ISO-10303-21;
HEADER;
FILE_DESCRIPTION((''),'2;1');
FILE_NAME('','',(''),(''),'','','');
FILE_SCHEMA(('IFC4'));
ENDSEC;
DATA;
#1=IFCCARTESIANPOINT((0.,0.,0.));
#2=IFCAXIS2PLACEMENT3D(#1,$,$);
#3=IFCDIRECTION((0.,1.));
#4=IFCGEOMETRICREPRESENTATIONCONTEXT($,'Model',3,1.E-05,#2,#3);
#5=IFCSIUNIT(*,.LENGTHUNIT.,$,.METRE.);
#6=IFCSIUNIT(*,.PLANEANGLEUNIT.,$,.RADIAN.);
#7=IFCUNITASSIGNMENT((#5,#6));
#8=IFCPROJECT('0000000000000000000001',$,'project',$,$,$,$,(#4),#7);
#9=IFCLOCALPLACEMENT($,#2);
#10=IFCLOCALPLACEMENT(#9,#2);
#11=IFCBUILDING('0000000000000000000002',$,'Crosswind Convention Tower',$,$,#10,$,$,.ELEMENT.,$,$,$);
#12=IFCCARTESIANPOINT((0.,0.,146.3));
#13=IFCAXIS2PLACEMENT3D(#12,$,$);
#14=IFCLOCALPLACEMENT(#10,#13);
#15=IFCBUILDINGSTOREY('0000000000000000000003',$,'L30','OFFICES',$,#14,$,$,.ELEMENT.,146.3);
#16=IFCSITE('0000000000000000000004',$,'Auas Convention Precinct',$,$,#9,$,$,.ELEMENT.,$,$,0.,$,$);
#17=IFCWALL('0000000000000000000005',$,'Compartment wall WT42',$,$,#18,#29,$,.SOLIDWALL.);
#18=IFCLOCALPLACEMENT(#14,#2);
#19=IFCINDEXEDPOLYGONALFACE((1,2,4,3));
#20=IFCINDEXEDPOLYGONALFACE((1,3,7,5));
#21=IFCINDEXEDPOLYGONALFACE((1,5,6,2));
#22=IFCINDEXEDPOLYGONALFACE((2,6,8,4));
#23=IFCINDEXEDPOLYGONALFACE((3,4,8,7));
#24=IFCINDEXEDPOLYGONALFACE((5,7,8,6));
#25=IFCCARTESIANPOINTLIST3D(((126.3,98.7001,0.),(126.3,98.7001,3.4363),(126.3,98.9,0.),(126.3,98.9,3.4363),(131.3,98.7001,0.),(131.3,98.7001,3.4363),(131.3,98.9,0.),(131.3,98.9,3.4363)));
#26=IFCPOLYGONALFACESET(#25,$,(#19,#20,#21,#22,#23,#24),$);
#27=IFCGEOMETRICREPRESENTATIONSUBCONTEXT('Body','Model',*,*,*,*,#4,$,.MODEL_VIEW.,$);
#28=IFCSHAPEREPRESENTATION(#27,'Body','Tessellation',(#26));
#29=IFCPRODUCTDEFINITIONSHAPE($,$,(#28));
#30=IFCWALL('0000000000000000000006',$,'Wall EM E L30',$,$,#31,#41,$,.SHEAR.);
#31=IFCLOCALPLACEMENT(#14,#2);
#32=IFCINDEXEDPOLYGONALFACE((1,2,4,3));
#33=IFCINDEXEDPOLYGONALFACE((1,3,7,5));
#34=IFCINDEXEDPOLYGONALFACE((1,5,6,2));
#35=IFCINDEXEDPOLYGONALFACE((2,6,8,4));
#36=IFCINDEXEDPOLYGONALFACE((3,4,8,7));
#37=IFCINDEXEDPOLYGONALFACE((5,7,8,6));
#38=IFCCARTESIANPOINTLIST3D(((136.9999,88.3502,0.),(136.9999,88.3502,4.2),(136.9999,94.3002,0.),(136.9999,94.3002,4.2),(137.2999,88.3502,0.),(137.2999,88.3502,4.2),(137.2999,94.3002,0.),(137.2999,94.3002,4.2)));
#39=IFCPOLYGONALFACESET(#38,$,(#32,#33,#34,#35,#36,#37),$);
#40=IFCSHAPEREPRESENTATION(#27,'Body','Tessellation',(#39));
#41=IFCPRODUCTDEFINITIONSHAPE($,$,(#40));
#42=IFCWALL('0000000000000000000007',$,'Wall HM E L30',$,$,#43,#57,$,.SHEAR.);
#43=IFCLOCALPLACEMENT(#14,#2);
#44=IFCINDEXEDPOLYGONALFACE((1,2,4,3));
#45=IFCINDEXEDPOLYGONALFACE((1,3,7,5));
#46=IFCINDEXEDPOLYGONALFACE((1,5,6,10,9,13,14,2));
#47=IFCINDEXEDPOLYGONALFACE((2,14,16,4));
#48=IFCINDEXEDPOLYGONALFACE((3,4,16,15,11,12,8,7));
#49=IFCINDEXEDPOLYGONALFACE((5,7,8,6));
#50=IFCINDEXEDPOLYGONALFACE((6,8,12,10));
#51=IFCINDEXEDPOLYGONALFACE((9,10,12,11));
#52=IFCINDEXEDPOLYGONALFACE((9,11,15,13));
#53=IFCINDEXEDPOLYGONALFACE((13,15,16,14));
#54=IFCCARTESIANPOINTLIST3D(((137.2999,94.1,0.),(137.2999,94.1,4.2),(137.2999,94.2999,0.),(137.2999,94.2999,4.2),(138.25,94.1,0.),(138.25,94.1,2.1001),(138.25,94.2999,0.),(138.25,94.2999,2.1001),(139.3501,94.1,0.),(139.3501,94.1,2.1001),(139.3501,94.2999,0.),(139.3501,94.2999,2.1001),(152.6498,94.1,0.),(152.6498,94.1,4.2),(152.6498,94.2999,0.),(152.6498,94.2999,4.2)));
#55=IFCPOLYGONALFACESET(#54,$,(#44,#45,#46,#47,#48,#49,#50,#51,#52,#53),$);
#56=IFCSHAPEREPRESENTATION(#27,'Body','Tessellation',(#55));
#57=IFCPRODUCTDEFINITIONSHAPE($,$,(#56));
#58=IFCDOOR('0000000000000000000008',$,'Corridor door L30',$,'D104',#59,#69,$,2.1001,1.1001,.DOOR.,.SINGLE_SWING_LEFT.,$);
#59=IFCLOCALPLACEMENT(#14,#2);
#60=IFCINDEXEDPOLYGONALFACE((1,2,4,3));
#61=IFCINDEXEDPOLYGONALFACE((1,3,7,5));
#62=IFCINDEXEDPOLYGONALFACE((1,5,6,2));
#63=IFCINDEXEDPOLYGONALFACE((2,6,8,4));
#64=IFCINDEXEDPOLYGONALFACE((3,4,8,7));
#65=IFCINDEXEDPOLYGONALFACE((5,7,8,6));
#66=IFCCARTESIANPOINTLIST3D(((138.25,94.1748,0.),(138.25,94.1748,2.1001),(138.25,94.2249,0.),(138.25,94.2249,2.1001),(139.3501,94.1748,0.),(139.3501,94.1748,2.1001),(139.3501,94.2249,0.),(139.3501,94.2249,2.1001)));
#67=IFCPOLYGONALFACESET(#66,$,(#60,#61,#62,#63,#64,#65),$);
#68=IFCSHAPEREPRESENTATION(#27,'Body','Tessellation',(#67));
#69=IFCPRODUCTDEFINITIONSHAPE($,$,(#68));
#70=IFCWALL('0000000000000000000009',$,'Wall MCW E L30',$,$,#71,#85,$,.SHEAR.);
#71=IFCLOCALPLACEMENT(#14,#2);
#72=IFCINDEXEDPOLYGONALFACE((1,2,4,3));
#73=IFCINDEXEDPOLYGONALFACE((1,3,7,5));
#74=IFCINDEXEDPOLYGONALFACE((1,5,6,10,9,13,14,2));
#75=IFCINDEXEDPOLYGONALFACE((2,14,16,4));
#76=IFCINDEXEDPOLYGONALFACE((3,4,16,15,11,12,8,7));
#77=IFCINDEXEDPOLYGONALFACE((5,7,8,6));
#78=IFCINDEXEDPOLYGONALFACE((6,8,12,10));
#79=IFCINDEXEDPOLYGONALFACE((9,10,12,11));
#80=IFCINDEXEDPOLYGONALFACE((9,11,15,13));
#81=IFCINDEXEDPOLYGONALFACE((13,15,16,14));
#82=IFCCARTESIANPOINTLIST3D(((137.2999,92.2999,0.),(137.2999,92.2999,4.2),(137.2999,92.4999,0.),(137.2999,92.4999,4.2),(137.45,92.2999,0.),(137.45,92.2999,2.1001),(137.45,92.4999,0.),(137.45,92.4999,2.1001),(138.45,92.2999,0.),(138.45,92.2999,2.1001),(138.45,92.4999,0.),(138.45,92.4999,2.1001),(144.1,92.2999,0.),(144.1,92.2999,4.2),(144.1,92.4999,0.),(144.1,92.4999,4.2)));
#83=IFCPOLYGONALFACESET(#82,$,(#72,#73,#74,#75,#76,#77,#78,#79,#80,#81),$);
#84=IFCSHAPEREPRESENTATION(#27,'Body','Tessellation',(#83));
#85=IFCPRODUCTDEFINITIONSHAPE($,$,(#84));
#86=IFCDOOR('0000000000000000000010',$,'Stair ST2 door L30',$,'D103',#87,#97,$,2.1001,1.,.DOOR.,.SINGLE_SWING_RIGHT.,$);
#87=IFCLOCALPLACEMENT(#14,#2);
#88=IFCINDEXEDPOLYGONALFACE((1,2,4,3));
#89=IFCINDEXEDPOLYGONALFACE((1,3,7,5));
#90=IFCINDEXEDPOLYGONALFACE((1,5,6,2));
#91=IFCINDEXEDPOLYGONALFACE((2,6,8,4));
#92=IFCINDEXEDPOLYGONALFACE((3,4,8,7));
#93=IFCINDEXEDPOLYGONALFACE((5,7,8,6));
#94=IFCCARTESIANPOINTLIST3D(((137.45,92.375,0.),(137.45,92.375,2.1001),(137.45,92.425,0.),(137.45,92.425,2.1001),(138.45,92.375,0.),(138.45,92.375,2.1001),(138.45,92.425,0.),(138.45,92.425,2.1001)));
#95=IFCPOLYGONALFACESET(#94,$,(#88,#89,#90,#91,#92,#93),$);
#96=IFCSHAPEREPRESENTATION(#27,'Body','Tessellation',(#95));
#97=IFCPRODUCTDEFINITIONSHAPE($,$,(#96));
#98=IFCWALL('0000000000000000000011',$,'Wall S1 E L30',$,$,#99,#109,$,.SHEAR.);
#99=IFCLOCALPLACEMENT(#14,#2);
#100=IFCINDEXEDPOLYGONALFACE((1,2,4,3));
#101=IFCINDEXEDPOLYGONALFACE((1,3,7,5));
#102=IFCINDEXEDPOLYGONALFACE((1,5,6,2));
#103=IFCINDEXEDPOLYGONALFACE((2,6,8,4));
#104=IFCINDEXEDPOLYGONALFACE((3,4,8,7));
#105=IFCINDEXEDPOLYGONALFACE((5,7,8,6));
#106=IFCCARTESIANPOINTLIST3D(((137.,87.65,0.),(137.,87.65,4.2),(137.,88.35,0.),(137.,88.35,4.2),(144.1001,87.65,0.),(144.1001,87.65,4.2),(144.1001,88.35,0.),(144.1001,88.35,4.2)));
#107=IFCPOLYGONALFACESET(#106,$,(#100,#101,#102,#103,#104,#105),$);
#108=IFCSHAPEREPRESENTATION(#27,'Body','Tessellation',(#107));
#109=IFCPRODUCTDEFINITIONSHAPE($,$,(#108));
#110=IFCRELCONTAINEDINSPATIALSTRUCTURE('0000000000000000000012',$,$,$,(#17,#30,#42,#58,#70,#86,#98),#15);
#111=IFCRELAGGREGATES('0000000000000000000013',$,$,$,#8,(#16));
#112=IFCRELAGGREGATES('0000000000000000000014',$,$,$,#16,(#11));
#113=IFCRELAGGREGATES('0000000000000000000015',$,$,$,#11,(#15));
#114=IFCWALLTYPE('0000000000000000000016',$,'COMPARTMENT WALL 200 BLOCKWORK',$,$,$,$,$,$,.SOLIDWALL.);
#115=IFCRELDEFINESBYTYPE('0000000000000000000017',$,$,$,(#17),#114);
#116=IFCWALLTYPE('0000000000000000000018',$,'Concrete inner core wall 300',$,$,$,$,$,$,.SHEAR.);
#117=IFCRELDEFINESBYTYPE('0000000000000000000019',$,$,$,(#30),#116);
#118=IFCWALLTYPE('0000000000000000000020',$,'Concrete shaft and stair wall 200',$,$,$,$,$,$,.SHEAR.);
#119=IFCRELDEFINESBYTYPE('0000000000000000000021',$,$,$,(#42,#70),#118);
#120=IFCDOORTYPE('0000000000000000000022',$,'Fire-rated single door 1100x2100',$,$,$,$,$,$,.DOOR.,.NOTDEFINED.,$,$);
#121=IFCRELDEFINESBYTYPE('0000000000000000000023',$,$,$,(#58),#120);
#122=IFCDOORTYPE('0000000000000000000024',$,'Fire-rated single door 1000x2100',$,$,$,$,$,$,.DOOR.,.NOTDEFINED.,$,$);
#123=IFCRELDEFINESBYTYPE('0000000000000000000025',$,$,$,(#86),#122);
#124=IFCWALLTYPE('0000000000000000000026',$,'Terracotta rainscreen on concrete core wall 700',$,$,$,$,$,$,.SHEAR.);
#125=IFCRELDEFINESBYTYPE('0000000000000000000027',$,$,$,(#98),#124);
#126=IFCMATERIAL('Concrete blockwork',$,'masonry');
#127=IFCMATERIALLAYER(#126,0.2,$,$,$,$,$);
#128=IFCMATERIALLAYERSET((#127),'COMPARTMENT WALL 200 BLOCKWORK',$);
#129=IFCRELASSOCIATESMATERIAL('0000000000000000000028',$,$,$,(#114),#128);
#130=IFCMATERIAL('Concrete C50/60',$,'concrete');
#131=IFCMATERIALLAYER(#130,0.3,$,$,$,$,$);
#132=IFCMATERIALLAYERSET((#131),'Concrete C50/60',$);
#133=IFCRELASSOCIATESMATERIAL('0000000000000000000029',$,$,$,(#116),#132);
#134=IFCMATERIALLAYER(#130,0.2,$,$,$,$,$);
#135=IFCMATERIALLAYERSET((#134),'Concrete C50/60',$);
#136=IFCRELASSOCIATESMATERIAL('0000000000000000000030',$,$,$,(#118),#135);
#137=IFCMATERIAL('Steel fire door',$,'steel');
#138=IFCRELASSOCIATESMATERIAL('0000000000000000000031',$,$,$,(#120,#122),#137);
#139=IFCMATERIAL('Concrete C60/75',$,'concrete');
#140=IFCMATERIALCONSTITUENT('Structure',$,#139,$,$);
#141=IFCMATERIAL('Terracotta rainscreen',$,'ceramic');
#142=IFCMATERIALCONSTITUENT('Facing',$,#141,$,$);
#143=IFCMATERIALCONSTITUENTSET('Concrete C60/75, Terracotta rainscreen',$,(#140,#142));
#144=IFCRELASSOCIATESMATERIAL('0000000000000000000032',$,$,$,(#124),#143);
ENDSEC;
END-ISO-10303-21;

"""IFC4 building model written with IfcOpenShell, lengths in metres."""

from ifc_helpers import new_model, si_unit, direction, frame, frame_2d, origin, place, context, subcontext, project, spatial, rectangle, extrude, material, layer, layer_set, constituent, constituent_set, type_object, element, fill, save


model = new_model("IFC4")

# Units and contexts
model_context = context("Model", 3, precision=1e-05, world=origin(), true_north=direction((0.0, 1.0)))
body_context = subcontext(model_context, "Body", "Model", "MODEL_VIEW")
ifc_project = project(units=[si_unit("LENGTHUNIT", "METRE"), si_unit("PLANEANGLEUNIT", "RADIAN")], contexts=[model_context])

# Site, building, storey
site_placement = place(None, origin())
site = spatial("IfcSite", under=ifc_project, at=site_placement, Name="Auas Convention Precinct", CompositionType="ELEMENT", RefElevation=0.0)
building_placement = place(site_placement, origin())
building = spatial("IfcBuilding", under=site, at=building_placement, Name="Crosswind Convention Tower", CompositionType="ELEMENT")
storey_placement = place(building_placement, frame((0.0, 0.0, 146.3)))
storey = spatial("IfcBuildingStorey", under=building, at=storey_placement, Name="L30", Description="OFFICES", CompositionType="ELEMENT", Elevation=146.3)

# Wall
ifc_material_1 = material(Name="Concrete blockwork", Category="masonry")
ifc_layer_1 = layer(ifc_material_1, 0.2)
ifc_layer_set_1 = layer_set([ifc_layer_1], Name="COMPARTMENT WALL 200 BLOCKWORK")
wall_type_1 = type_object("IfcWallType", Name="COMPARTMENT WALL 200 BLOCKWORK", PredefinedType="SOLIDWALL", material=ifc_layer_set_1)
wall_1_placement = place(storey_placement, frame((126.3, 98.8, 0.0), z_axis=(0.0, 0.0, 1.0), x_axis=(1.0, 0.0, 0.0)))
element("IfcWall", 1, at=wall_1_placement, inside=storey, type_object=wall_type_1, Name="Compartment wall WT42", PredefinedType="SOLIDWALL", context=body_context, shape_type="SweptSolid", body=[
    extrude(rectangle(XDim=5.0, YDim=0.2, at=frame_2d((2.5, 0.0))), origin(), (0.0, 0.0, 1.0), 3.4363),
])

# Shared definitions
ifc_material_2 = material(Name="Concrete C50/60", Category="concrete")
ifc_layer_2 = layer(ifc_material_2, 0.3)
ifc_layer_set_2 = layer_set([ifc_layer_2], Name="Concrete C50/60")
wall_type_2 = type_object("IfcWallType", Name="Concrete inner core wall 300", PredefinedType="SHEAR", material=ifc_layer_set_2)

# Wall
wall_2_placement = place(storey_placement, frame((137.1499, 88.3501, 0.0), z_axis=(0.0, 0.0, 1.0), x_axis=(0.0, 1.0, 0.0)))
element("IfcWall", 2, at=wall_2_placement, inside=storey, type_object=wall_type_2, Name="Wall EM E L30", PredefinedType="SHEAR", context=body_context, shape_type="SweptSolid", body=[
    extrude(rectangle(XDim=5.95, YDim=0.3, at=frame_2d((2.9751, 0.0))), origin(), (0.0, 0.0, 1.0), 4.2),
])

# Walls, openings, doors
ifc_layer_3 = layer(ifc_material_2, 0.2)
ifc_layer_set_3 = layer_set([ifc_layer_3], Name="Concrete C50/60")
wall_type_3 = type_object("IfcWallType", Name="Concrete shaft and stair wall 200", PredefinedType="SHEAR", material=ifc_layer_set_3)
wall_3_placement = place(storey_placement, frame((137.3, 94.2, 0.0), z_axis=(0.0, 0.0, 1.0), x_axis=(1.0, 0.0, 0.0)))
wall_3 = element("IfcWall", 3, at=wall_3_placement, inside=storey, type_object=wall_type_3, Name="Wall HM E L30", PredefinedType="SHEAR", context=body_context, shape_type="SweptSolid", body=[
    extrude(rectangle(XDim=15.3499, YDim=0.2, at=frame_2d((7.6748, 0.0))), origin(), (0.0, 0.0, 1.0), 4.2),
])
opening_1_placement = place(wall_3_placement, frame((0.95, 0.0, 0.0)))
opening_1 = element("IfcOpeningElement", 4, at=opening_1_placement, cuts=wall_3, PredefinedType="OPENING", context=body_context, shape_type="SweptSolid", body=[
    extrude(rectangle(XDim=1.1001, YDim=2.1001, at=frame_2d((0.55, 1.05))), frame((0.0, 0.1099, 0.0), z_axis=(0.0, -1.0, 0.0), x_axis=(1.0, 0.0, 0.0)), (0.0, 0.0, 1.0), 0.22),
])
ifc_material_3 = material(Name="Steel fire door", Category="steel")
door_type_1 = type_object("IfcDoorType", Name="Fire-rated single door 1100x2100", OperationType="NOTDEFINED", PredefinedType="DOOR", material=ifc_material_3)
door_1_placement = place(opening_1_placement, origin())
door_1 = element("IfcDoor", 5, at=door_1_placement, inside=storey, type_object=door_type_1, Name="Corridor door L30", ObjectType="D104", OperationType="SINGLE_SWING_LEFT", OverallHeight=2.1001, OverallWidth=1.1001, PredefinedType="DOOR", context=body_context, shape_type="SweptSolid", body=[
    extrude(rectangle(XDim=1.1001, YDim=2.1001, at=frame_2d((0.55, 1.05))), frame((0.0, 0.0249, 0.0), z_axis=(0.0, -1.0, 0.0), x_axis=(1.0, 0.0, 0.0)), (0.0, 0.0, 1.0), 0.05),
])
fill(opening_1, door_1)
wall_4_placement = place(storey_placement, frame((137.3, 92.3999, 0.0), z_axis=(0.0, 0.0, 1.0), x_axis=(1.0, 0.0, 0.0)))
wall_4 = element("IfcWall", 6, at=wall_4_placement, inside=storey, type_object=wall_type_3, Name="Wall MCW E L30", PredefinedType="SHEAR", context=body_context, shape_type="SweptSolid", body=[
    extrude(rectangle(XDim=6.8, YDim=0.2, at=frame_2d((3.3999, 0.0))), origin(), (0.0, 0.0, 1.0), 4.2),
])
opening_2_placement = place(wall_4_placement, frame((0.1499, 0.0, 0.0)))
opening_2 = element("IfcOpeningElement", 7, at=opening_2_placement, cuts=wall_4, PredefinedType="OPENING", context=body_context, shape_type="SweptSolid", body=[
    extrude(rectangle(XDim=1.0, YDim=2.1001, at=frame_2d((0.5, 1.05))), frame((0.0, 0.1099, 0.0), z_axis=(0.0, -1.0, 0.0), x_axis=(1.0, 0.0, 0.0)), (0.0, 0.0, 1.0), 0.22),
])
door_type_2 = type_object("IfcDoorType", Name="Fire-rated single door 1000x2100", OperationType="NOTDEFINED", PredefinedType="DOOR", material=ifc_material_3)
door_2_placement = place(opening_2_placement, frame((1.0, 0.0, 0.0), z_axis=(0.0, 0.0, 1.0), x_axis=(-1.0, 0.0, 0.0)))
door_2 = element("IfcDoor", 8, at=door_2_placement, inside=storey, type_object=door_type_2, Name="Stair ST2 door L30", ObjectType="D103", OperationType="SINGLE_SWING_RIGHT", OverallHeight=2.1001, OverallWidth=1.0, PredefinedType="DOOR", context=body_context, shape_type="SweptSolid", body=[
    extrude(rectangle(XDim=1.0, YDim=2.1001, at=frame_2d((0.5, 1.05))), frame((0.0, 0.0249, 0.0), z_axis=(0.0, -1.0, 0.0), x_axis=(1.0, 0.0, 0.0)), (0.0, 0.0, 1.0), 0.05),
])
fill(opening_2, door_2)

# Wall
ifc_material_4 = material(Name="Concrete C60/75", Category="concrete")
ifc_constituent_1 = constituent(ifc_material_4, Name="Structure")
ifc_material_5 = material(Name="Terracotta rainscreen", Category="ceramic")
ifc_constituent_2 = constituent(ifc_material_5, Name="Facing")
ifc_constituent_set = constituent_set(constituents=[ifc_constituent_1, ifc_constituent_2], Name="Concrete C60/75, Terracotta rainscreen")
wall_type_4 = type_object("IfcWallType", Name="Terracotta rainscreen on concrete core wall 700", PredefinedType="SHEAR", material=ifc_constituent_set)
wall_5_placement = place(storey_placement, frame((137.0, 88.0, 0.0), z_axis=(0.0, 0.0, 1.0), x_axis=(1.0, 0.0, 0.0)))
element("IfcWall", 9, at=wall_5_placement, inside=storey, type_object=wall_type_4, Name="Wall S1 E L30", PredefinedType="SHEAR", context=body_context, shape_type="SweptSolid", body=[
    extrude(rectangle(XDim=7.1001, YDim=0.7, at=frame_2d((3.55, 0.0))), origin(), (0.0, 0.0, 1.0), 4.2),
])

save(model, "model.ifc")
